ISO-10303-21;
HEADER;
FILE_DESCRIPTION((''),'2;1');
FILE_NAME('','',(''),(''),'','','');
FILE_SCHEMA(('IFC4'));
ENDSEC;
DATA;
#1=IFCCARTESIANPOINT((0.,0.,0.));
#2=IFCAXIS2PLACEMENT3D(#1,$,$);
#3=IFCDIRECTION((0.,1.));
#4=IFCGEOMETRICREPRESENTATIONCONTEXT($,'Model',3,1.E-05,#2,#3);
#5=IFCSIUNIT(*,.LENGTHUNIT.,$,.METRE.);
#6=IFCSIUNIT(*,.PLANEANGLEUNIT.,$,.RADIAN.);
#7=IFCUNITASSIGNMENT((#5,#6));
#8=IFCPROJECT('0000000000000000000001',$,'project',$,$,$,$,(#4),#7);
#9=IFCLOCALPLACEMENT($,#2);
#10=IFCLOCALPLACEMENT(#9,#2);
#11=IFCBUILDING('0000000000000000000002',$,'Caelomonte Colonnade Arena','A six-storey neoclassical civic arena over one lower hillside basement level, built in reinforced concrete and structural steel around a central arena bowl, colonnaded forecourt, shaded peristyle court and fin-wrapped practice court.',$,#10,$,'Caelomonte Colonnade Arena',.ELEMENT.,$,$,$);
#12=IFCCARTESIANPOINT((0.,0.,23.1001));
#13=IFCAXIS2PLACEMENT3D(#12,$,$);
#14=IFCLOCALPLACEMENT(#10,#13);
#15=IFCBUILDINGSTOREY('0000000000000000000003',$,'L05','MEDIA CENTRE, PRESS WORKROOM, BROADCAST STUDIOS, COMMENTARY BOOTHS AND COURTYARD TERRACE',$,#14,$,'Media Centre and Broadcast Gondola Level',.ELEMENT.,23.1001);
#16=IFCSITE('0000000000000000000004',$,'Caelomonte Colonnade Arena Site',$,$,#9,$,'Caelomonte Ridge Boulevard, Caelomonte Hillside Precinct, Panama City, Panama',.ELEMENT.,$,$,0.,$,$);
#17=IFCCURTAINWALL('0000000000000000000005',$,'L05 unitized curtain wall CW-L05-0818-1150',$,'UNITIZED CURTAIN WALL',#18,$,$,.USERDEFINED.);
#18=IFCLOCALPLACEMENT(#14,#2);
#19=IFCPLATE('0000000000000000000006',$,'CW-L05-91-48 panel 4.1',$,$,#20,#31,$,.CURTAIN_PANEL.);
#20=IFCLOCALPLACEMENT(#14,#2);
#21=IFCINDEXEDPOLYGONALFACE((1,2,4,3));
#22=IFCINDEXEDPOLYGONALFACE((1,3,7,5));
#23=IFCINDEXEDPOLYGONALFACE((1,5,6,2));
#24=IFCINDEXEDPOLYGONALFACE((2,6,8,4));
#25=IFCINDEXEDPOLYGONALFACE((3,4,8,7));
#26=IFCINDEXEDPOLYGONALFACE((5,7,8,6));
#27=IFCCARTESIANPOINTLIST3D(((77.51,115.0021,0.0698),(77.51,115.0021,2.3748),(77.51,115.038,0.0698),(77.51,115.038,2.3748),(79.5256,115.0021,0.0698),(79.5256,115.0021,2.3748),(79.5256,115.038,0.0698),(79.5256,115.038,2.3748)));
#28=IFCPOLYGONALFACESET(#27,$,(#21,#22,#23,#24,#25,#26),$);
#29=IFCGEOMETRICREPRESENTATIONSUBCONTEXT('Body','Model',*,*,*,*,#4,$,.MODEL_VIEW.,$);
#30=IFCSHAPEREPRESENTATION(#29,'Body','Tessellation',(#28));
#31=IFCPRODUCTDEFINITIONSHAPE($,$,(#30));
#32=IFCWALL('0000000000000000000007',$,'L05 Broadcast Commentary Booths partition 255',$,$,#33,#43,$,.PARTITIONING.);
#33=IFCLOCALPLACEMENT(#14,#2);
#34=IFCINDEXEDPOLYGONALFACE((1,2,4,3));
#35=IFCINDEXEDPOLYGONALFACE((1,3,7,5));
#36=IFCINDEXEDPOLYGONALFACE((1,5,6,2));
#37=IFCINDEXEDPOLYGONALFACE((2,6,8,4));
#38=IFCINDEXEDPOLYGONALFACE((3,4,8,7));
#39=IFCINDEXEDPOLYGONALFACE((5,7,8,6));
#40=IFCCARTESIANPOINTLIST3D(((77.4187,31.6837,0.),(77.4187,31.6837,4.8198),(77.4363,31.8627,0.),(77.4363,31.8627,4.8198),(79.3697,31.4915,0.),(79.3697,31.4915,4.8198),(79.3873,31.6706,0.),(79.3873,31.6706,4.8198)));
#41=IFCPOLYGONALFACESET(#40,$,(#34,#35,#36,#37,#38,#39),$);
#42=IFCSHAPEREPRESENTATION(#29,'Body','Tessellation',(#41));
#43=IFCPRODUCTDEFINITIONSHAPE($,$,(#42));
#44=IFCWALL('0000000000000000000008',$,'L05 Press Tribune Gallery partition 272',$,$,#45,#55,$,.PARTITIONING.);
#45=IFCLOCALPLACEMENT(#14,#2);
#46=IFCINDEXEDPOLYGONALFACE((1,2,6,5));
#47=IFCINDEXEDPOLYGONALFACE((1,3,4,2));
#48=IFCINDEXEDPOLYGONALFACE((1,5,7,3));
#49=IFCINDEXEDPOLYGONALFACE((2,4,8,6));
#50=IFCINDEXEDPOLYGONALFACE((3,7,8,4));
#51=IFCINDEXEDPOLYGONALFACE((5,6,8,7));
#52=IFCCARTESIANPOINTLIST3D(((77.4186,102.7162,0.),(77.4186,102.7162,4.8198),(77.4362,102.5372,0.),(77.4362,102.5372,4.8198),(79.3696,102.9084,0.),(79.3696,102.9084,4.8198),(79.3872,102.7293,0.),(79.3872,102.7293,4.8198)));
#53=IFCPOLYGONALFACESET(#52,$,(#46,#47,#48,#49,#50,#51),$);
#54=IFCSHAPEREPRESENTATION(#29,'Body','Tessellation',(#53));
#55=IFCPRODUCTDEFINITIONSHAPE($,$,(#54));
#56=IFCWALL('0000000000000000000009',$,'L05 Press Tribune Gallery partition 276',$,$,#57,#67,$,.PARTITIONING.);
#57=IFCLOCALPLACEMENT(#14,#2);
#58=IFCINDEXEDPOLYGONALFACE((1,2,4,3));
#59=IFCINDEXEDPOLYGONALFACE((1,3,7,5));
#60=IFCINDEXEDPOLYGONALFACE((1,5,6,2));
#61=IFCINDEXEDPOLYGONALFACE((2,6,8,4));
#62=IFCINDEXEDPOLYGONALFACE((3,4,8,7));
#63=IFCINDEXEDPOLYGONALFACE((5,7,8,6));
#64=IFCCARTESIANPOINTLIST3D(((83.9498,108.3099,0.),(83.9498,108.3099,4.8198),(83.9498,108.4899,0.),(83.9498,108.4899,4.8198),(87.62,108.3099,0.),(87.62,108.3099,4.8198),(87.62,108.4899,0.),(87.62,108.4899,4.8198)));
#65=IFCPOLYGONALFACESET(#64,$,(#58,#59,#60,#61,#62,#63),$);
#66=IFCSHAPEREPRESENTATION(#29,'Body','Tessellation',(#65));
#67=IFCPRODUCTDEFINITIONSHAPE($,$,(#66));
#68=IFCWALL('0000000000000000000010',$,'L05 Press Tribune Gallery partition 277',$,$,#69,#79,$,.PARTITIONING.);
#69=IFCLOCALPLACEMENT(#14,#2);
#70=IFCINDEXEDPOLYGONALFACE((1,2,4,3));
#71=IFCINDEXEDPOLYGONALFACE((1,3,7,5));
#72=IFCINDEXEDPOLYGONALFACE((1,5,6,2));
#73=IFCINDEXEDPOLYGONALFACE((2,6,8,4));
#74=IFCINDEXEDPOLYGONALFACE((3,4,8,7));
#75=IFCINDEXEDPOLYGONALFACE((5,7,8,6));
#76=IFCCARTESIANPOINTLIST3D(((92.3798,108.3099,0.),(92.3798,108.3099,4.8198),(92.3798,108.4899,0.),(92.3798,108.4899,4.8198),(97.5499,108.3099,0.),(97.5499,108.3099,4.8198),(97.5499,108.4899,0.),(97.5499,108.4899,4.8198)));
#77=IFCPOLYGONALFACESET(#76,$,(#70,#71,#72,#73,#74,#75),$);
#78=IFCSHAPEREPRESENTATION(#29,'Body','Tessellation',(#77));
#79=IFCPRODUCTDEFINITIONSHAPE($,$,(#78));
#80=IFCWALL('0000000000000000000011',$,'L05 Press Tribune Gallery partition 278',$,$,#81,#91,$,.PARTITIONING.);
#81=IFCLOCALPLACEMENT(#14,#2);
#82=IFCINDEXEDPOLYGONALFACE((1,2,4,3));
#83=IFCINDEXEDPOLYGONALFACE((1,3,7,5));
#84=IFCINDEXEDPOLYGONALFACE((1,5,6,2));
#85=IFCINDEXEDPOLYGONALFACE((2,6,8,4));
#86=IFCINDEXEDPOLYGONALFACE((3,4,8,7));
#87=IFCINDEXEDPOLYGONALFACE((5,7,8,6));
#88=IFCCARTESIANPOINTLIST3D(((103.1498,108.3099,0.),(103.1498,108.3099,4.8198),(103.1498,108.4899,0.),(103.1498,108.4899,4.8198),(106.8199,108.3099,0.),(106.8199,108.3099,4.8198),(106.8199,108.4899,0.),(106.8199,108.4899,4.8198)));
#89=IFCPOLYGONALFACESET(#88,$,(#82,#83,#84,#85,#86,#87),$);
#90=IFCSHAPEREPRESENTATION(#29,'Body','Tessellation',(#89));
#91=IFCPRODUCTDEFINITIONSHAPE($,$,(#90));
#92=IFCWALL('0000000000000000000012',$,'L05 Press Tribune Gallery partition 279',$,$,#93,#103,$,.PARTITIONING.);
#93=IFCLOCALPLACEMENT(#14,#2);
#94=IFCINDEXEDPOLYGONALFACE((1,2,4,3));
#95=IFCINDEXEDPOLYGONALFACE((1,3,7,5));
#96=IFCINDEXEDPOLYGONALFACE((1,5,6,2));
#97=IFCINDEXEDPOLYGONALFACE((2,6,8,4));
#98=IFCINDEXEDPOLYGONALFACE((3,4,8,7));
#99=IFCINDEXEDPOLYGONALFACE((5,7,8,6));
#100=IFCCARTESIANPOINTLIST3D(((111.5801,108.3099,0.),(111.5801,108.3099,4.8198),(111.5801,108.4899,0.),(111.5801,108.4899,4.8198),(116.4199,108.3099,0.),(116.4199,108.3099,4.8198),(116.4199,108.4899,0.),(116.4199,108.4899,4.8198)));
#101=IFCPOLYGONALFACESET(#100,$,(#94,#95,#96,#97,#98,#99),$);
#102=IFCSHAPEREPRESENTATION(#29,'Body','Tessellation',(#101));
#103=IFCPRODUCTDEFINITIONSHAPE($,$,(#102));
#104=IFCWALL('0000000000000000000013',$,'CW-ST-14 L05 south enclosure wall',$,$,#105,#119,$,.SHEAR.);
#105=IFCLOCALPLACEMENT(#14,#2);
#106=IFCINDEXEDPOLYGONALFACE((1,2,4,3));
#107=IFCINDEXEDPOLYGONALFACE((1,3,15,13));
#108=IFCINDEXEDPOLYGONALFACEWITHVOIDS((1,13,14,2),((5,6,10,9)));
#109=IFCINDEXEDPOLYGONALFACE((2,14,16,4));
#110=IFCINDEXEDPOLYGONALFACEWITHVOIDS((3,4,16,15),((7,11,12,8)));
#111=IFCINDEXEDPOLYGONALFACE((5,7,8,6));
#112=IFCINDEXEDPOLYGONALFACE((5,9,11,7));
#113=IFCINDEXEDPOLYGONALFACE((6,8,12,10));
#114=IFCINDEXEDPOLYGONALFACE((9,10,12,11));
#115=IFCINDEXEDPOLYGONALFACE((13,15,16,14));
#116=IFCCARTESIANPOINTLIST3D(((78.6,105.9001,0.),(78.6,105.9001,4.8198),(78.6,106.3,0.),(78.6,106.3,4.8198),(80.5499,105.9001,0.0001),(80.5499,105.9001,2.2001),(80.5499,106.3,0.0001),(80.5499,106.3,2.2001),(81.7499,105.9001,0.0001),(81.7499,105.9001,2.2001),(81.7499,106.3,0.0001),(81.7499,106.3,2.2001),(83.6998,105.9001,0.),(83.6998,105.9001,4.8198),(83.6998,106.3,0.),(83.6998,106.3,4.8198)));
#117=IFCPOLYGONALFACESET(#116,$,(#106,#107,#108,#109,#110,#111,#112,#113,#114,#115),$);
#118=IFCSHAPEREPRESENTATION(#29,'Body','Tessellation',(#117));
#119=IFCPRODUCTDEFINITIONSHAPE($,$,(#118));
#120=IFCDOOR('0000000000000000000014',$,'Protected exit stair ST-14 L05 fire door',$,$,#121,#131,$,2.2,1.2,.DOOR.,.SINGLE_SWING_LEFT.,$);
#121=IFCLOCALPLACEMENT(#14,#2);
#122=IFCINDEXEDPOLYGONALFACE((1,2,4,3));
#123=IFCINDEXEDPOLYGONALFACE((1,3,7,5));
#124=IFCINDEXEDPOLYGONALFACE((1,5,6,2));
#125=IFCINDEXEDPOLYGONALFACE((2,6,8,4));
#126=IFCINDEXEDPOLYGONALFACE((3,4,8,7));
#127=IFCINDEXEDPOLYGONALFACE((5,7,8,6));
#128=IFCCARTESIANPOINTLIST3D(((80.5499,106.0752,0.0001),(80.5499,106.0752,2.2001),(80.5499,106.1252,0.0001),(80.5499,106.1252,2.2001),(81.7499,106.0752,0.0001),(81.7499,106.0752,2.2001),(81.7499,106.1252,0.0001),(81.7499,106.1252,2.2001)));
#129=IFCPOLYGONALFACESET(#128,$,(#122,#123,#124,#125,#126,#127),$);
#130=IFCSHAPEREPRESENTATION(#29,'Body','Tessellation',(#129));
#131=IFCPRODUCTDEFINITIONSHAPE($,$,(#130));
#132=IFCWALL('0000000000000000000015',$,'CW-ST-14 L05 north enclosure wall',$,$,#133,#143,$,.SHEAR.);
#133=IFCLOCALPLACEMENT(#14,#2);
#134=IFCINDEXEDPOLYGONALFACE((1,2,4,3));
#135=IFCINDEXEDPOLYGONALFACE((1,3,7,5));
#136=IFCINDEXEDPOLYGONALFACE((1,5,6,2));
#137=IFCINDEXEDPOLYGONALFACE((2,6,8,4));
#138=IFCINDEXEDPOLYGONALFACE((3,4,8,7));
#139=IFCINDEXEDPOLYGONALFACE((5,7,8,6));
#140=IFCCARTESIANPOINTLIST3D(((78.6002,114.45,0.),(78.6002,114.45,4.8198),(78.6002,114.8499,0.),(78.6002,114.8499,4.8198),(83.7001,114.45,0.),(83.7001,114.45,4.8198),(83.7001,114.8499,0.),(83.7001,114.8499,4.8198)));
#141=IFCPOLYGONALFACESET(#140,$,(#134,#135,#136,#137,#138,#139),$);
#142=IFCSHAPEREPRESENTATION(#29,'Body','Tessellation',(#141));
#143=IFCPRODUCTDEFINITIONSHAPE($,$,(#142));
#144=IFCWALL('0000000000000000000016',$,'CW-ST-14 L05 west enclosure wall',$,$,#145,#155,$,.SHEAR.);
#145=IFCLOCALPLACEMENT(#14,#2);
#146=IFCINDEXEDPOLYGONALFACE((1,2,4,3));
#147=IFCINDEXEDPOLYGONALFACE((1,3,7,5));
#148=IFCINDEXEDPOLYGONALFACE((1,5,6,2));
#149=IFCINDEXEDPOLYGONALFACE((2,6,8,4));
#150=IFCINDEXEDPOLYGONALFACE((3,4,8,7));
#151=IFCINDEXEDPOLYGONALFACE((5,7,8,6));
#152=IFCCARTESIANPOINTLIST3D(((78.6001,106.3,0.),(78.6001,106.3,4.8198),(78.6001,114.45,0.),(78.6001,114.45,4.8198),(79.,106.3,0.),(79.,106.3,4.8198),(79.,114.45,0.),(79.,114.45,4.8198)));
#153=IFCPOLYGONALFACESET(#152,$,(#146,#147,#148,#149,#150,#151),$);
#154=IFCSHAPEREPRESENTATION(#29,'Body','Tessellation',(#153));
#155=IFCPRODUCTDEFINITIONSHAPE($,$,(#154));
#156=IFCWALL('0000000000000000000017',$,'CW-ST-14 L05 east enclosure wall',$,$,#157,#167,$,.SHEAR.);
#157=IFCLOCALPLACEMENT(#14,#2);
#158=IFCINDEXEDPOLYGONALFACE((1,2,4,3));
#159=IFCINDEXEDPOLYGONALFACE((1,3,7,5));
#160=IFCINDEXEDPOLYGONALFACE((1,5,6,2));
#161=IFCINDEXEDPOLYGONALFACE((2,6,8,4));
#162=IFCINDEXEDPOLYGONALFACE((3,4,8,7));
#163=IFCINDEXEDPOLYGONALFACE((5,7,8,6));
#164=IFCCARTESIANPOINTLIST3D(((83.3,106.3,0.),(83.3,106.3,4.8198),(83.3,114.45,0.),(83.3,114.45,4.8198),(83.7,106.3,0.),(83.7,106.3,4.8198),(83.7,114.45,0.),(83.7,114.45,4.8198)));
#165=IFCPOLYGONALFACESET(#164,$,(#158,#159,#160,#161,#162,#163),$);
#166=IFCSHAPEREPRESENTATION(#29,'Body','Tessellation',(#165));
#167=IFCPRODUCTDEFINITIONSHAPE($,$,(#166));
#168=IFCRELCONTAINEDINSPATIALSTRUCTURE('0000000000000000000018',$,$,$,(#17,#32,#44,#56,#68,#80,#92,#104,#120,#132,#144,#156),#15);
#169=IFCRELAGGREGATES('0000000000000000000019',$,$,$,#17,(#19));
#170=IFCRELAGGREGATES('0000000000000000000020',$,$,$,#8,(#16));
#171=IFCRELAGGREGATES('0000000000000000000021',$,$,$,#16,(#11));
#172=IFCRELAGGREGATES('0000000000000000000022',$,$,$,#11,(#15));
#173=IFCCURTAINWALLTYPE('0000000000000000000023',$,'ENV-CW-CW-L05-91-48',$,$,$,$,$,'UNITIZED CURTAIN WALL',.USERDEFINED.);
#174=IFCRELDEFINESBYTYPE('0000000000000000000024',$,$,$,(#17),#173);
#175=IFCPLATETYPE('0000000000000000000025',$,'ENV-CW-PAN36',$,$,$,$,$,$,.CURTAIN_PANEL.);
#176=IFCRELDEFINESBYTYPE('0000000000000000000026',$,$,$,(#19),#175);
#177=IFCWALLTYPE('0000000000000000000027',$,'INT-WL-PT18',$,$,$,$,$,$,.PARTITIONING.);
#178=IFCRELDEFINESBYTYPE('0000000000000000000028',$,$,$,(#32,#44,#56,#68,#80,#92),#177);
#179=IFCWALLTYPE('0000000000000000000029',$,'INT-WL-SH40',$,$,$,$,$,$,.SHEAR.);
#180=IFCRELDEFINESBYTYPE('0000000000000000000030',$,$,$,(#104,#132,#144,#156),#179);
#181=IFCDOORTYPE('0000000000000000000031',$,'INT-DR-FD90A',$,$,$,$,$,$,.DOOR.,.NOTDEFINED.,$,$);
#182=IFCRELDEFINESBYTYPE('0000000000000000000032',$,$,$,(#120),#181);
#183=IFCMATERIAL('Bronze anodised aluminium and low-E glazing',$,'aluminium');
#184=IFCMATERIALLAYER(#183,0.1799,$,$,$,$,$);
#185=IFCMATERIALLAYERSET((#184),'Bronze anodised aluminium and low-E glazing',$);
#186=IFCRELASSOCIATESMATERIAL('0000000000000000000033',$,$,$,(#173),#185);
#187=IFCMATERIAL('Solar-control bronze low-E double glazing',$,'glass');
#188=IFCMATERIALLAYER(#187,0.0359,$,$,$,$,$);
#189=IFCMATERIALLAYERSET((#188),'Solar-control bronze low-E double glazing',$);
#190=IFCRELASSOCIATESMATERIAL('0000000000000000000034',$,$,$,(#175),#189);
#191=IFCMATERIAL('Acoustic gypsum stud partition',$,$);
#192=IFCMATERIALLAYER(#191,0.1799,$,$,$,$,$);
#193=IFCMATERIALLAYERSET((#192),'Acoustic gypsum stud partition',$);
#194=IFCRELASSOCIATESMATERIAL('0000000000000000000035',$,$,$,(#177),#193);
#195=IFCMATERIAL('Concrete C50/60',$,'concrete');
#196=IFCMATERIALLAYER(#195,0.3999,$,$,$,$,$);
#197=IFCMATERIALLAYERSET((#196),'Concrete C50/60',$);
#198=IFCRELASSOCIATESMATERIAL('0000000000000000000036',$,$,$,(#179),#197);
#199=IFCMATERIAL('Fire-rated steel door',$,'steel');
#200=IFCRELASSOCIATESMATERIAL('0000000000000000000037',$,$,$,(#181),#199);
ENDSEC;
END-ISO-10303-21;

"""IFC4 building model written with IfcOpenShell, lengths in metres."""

from ifc_helpers import new_model, si_unit, direction, frame, frame_2d, origin, origin_2d, place, context, subcontext, project, spatial, rectangle, extrude, material, layer, layer_set, type_object, element, fill, aggregate, save


model = new_model("IFC4")

# Units and contexts
model_context = context("Model", 3, precision=1e-05, world=origin(), true_north=direction((0.0, 1.0)))
body_context = subcontext(model_context, "Body", "Model", "MODEL_VIEW")
ifc_project = project(units=[si_unit("LENGTHUNIT", "METRE"), si_unit("PLANEANGLEUNIT", "RADIAN")], contexts=[model_context])

# Site, building, storey
site_placement = place(None, origin())
site = spatial("IfcSite", under=ifc_project, at=site_placement, Name="Caelomonte Colonnade Arena Site", LongName="Caelomonte Ridge Boulevard, Caelomonte Hillside Precinct, Panama City, Panama", CompositionType="ELEMENT", RefElevation=0.0)
building_placement = place(site_placement, origin())
building = spatial("IfcBuilding", under=site, at=building_placement, Name="Caelomonte Colonnade Arena", Description="A six-storey neoclassical civic arena over one lower hillside basement level, built in reinforced concrete and structural steel around a central arena bowl, colonnaded forecourt, shaded peristyle court and fin-wrapped practice court.", LongName="Caelomonte Colonnade Arena", CompositionType="ELEMENT")
storey_placement = place(building_placement, frame((0.0, 0.0, 23.1001)))
storey = spatial("IfcBuildingStorey", under=building, at=storey_placement, Name="L05", Description="MEDIA CENTRE, PRESS WORKROOM, BROADCAST STUDIOS, COMMENTARY BOOTHS AND COURTYARD TERRACE", LongName="Media Centre and Broadcast Gondola Level", CompositionType="ELEMENT", Elevation=23.1001)

# Curtain wall
ifc_material_1 = material(Name="Bronze anodised aluminium and low-E glazing", Category="aluminium")
ifc_layer_1 = layer(ifc_material_1, 0.1799)
ifc_layer_set_1 = layer_set([ifc_layer_1], Name="Bronze anodised aluminium and low-E glazing")
curtain_wall_type = type_object("IfcCurtainWallType", Name="ENV-CW-CW-L05-91-48", ElementType="UNITIZED CURTAIN WALL", PredefinedType="USERDEFINED", material=ifc_layer_set_1)
curtain_wall_placement = place(storey_placement, origin())
curtain_wall = element("IfcCurtainWall", 1, at=curtain_wall_placement, inside=storey, type_object=curtain_wall_type, Name="L05 unitized curtain wall CW-L05-0818-1150", ObjectType="UNITIZED CURTAIN WALL", PredefinedType="USERDEFINED")

# Plate
ifc_material_2 = material(Name="Solar-control bronze low-E double glazing", Category="glass")
ifc_layer_2 = layer(ifc_material_2, 0.0359)
ifc_layer_set_2 = layer_set([ifc_layer_2], Name="Solar-control bronze low-E double glazing")
plate_type = type_object("IfcPlateType", Name="ENV-CW-PAN36", PredefinedType="CURTAIN_PANEL", material=ifc_layer_set_2)
plate_placement = place(storey_placement, frame((78.5178, 115.02, 0.0698), z_axis=(0.0, 0.0, 1.0), x_axis=(-1.0, 0.0, 0.0)))
plate = element("IfcPlate", 2, at=plate_placement, type_object=plate_type, Name="CW-L05-91-48 panel 4.1", PredefinedType="CURTAIN_PANEL", context=body_context, shape_type="SweptSolid", body=[
    extrude(rectangle(XDim=2.0156, YDim=0.0359, at=origin_2d()), origin(), (0.0, 0.0, 1.0), 2.3049),
])
aggregate(curtain_wall, [plate])

# Walls
ifc_material_3 = material(Name="Acoustic gypsum stud partition")
ifc_layer_3 = layer(ifc_material_3, 0.1799)
ifc_layer_set_3 = layer_set([ifc_layer_3], Name="Acoustic gypsum stud partition")
wall_type_1 = type_object("IfcWallType", Name="INT-WL-PT18", PredefinedType="PARTITIONING", material=ifc_layer_set_3)
for number, where, z_axis, x_axis, name in (
    (3, (77.4275, 31.7732, 0.0), (0.0, 0.0, 1.0), (0.995185, -0.098012, 0.0), "L05 Broadcast Commentary Booths partition 255"),
    (4, (79.3784, 102.8188, 0.0), (0.0, 0.0, 1.0), (-0.995185, -0.098012, 0.0), "L05 Press Tribune Gallery partition 272"),
):
    element("IfcWall", number, at=place(storey_placement, frame(where, z_axis=z_axis, x_axis=x_axis)), inside=storey, type_object=wall_type_1, Name=name, PredefinedType="PARTITIONING", context=body_context, shape_type="SweptSolid", body=[
        extrude(rectangle(XDim=1.9604, YDim=0.1799, at=frame_2d((0.9802, 0.0))), origin(), (0.0, 0.0, 1.0), 4.8198),
    ])
wall_1_placement = place(storey_placement, frame((83.95, 108.3999, 0.0), z_axis=(0.0, 0.0, 1.0), x_axis=(1.0, 0.0, 0.0)))
element("IfcWall", 5, at=wall_1_placement, inside=storey, type_object=wall_type_1, Name="L05 Press Tribune Gallery partition 276", PredefinedType="PARTITIONING", context=body_context, shape_type="SweptSolid", body=[
    extrude(rectangle(XDim=3.6702, YDim=0.1799, at=frame_2d((1.835, 0.0))), origin(), (0.0, 0.0, 1.0), 4.8198),
])
wall_2_placement = place(storey_placement, frame((92.3799, 108.3999, 0.0), z_axis=(0.0, 0.0, 1.0), x_axis=(1.0, 0.0, 0.0)))
element("IfcWall", 6, at=wall_2_placement, inside=storey, type_object=wall_type_1, Name="L05 Press Tribune Gallery partition 277", PredefinedType="PARTITIONING", context=body_context, shape_type="SweptSolid", body=[
    extrude(rectangle(XDim=5.1702, YDim=0.1799, at=frame_2d((2.585, 0.0))), origin(), (0.0, 0.0, 1.0), 4.8198),
])
wall_3_placement = place(storey_placement, frame((103.1499, 108.3999, 0.0), z_axis=(0.0, 0.0, 1.0), x_axis=(1.0, 0.0, 0.0)))
element("IfcWall", 7, at=wall_3_placement, inside=storey, type_object=wall_type_1, Name="L05 Press Tribune Gallery partition 278", PredefinedType="PARTITIONING", context=body_context, shape_type="SweptSolid", body=[
    extrude(rectangle(XDim=3.6702, YDim=0.1799, at=frame_2d((1.835, 0.0))), origin(), (0.0, 0.0, 1.0), 4.8198),
])
wall_4_placement = place(storey_placement, frame((111.5801, 108.3999, 0.0), z_axis=(0.0, 0.0, 1.0), x_axis=(1.0, 0.0, 0.0)))
element("IfcWall", 8, at=wall_4_placement, inside=storey, type_object=wall_type_1, Name="L05 Press Tribune Gallery partition 279", PredefinedType="PARTITIONING", context=body_context, shape_type="SweptSolid", body=[
    extrude(rectangle(XDim=4.8398, YDim=0.1799, at=frame_2d((2.4199, 0.0))), origin(), (0.0, 0.0, 1.0), 4.8198),
])

# Wall, opening, door
ifc_material_4 = material(Name="Concrete C50/60", Category="concrete")
ifc_layer_4 = layer(ifc_material_4, 0.3999)
ifc_layer_set_4 = layer_set([ifc_layer_4], Name="Concrete C50/60")
wall_type_2 = type_object("IfcWallType", Name="INT-WL-SH40", PredefinedType="SHEAR", material=ifc_layer_set_4)
wall_5_placement = place(storey_placement, frame((78.6001, 106.1001, 0.0), z_axis=(0.0, 0.0, 1.0), x_axis=(1.0, 0.0, 0.0)))
wall_5 = element("IfcWall", 9, at=wall_5_placement, inside=storey, type_object=wall_type_2, Name="CW-ST-14 L05 south enclosure wall", PredefinedType="SHEAR", context=body_context, shape_type="SweptSolid", body=[
    extrude(rectangle(XDim=5.0999, YDim=0.3999, at=frame_2d((2.5498, 0.0))), origin(), (0.0, 0.0, 1.0), 4.8198),
])
opening_1_placement = place(wall_5_placement, frame((3.1499, 0.0, 0.0), z_axis=(0.0, 0.0, 1.0), x_axis=(-1.0, 0.0, 0.0)))
opening_1 = element("IfcOpeningElement", 10, at=opening_1_placement, cuts=wall_5, PredefinedType="OPENING", context=body_context, shape_type="SweptSolid", body=[
    extrude(rectangle(XDim=1.2, YDim=2.2, at=frame_2d((0.6001, 1.1001))), frame((0.0, 0.21, 0.0), z_axis=(0.0, -1.0, 0.0), x_axis=(1.0, 0.0, 0.0)), (0.0, 0.0, 1.0), 0.4199),
])
ifc_material_5 = material(Name="Fire-rated steel door", Category="steel")
door_type = type_object("IfcDoorType", Name="INT-DR-FD90A", OperationType="NOTDEFINED", PredefinedType="DOOR", material=ifc_material_5)
door_1_placement = place(opening_1_placement, origin())
door_1 = element("IfcDoor", 11, at=door_1_placement, inside=storey, type_object=door_type, Name="Protected exit stair ST-14 L05 fire door", OperationType="SINGLE_SWING_LEFT", OverallHeight=2.2, OverallWidth=1.2, PredefinedType="DOOR", context=body_context, shape_type="SweptSolid", body=[
    extrude(rectangle(XDim=1.2, YDim=2.2, at=frame_2d((0.6001, 1.1001))), frame((0.0, 0.0249, 0.0), z_axis=(0.0, -1.0, 0.0), x_axis=(1.0, 0.0, 0.0)), (0.0, 0.0, 1.0), 0.05),
])
fill(opening_1, door_1)

# Walls
wall_6_placement = place(storey_placement, frame((83.7, 114.6499, 0.0), z_axis=(0.0, 0.0, 1.0), x_axis=(-1.0, 0.0, 0.0)))
element("IfcWall", 12, at=wall_6_placement, inside=storey, type_object=wall_type_2, Name="CW-ST-14 L05 north enclosure wall", PredefinedType="SHEAR", context=body_context, shape_type="SweptSolid", body=[
    extrude(rectangle(XDim=5.0999, YDim=0.3999, at=frame_2d((2.5498, 0.0))), origin(), (0.0, 0.0, 1.0), 4.8198),
])
for number, where, z_axis, x_axis, name in (
    (13, (78.8, 114.45, 0.0), (0.0, 0.0, 1.0), (0.0, -1.0, 0.0), "CW-ST-14 L05 west enclosure wall"),
    (14, (83.5, 106.3, 0.0), (0.0, 0.0, 1.0), (0.0, 1.0, 0.0), "CW-ST-14 L05 east enclosure wall"),
):
    element("IfcWall", number, at=place(storey_placement, frame(where, z_axis=z_axis, x_axis=x_axis)), inside=storey, type_object=wall_type_2, Name=name, PredefinedType="SHEAR", context=body_context, shape_type="SweptSolid", body=[
        extrude(rectangle(XDim=8.1499, YDim=0.3999, at=frame_2d((4.075, 0.0))), origin(), (0.0, 0.0, 1.0), 4.8198),
    ])

save(model, "model.ifc")
